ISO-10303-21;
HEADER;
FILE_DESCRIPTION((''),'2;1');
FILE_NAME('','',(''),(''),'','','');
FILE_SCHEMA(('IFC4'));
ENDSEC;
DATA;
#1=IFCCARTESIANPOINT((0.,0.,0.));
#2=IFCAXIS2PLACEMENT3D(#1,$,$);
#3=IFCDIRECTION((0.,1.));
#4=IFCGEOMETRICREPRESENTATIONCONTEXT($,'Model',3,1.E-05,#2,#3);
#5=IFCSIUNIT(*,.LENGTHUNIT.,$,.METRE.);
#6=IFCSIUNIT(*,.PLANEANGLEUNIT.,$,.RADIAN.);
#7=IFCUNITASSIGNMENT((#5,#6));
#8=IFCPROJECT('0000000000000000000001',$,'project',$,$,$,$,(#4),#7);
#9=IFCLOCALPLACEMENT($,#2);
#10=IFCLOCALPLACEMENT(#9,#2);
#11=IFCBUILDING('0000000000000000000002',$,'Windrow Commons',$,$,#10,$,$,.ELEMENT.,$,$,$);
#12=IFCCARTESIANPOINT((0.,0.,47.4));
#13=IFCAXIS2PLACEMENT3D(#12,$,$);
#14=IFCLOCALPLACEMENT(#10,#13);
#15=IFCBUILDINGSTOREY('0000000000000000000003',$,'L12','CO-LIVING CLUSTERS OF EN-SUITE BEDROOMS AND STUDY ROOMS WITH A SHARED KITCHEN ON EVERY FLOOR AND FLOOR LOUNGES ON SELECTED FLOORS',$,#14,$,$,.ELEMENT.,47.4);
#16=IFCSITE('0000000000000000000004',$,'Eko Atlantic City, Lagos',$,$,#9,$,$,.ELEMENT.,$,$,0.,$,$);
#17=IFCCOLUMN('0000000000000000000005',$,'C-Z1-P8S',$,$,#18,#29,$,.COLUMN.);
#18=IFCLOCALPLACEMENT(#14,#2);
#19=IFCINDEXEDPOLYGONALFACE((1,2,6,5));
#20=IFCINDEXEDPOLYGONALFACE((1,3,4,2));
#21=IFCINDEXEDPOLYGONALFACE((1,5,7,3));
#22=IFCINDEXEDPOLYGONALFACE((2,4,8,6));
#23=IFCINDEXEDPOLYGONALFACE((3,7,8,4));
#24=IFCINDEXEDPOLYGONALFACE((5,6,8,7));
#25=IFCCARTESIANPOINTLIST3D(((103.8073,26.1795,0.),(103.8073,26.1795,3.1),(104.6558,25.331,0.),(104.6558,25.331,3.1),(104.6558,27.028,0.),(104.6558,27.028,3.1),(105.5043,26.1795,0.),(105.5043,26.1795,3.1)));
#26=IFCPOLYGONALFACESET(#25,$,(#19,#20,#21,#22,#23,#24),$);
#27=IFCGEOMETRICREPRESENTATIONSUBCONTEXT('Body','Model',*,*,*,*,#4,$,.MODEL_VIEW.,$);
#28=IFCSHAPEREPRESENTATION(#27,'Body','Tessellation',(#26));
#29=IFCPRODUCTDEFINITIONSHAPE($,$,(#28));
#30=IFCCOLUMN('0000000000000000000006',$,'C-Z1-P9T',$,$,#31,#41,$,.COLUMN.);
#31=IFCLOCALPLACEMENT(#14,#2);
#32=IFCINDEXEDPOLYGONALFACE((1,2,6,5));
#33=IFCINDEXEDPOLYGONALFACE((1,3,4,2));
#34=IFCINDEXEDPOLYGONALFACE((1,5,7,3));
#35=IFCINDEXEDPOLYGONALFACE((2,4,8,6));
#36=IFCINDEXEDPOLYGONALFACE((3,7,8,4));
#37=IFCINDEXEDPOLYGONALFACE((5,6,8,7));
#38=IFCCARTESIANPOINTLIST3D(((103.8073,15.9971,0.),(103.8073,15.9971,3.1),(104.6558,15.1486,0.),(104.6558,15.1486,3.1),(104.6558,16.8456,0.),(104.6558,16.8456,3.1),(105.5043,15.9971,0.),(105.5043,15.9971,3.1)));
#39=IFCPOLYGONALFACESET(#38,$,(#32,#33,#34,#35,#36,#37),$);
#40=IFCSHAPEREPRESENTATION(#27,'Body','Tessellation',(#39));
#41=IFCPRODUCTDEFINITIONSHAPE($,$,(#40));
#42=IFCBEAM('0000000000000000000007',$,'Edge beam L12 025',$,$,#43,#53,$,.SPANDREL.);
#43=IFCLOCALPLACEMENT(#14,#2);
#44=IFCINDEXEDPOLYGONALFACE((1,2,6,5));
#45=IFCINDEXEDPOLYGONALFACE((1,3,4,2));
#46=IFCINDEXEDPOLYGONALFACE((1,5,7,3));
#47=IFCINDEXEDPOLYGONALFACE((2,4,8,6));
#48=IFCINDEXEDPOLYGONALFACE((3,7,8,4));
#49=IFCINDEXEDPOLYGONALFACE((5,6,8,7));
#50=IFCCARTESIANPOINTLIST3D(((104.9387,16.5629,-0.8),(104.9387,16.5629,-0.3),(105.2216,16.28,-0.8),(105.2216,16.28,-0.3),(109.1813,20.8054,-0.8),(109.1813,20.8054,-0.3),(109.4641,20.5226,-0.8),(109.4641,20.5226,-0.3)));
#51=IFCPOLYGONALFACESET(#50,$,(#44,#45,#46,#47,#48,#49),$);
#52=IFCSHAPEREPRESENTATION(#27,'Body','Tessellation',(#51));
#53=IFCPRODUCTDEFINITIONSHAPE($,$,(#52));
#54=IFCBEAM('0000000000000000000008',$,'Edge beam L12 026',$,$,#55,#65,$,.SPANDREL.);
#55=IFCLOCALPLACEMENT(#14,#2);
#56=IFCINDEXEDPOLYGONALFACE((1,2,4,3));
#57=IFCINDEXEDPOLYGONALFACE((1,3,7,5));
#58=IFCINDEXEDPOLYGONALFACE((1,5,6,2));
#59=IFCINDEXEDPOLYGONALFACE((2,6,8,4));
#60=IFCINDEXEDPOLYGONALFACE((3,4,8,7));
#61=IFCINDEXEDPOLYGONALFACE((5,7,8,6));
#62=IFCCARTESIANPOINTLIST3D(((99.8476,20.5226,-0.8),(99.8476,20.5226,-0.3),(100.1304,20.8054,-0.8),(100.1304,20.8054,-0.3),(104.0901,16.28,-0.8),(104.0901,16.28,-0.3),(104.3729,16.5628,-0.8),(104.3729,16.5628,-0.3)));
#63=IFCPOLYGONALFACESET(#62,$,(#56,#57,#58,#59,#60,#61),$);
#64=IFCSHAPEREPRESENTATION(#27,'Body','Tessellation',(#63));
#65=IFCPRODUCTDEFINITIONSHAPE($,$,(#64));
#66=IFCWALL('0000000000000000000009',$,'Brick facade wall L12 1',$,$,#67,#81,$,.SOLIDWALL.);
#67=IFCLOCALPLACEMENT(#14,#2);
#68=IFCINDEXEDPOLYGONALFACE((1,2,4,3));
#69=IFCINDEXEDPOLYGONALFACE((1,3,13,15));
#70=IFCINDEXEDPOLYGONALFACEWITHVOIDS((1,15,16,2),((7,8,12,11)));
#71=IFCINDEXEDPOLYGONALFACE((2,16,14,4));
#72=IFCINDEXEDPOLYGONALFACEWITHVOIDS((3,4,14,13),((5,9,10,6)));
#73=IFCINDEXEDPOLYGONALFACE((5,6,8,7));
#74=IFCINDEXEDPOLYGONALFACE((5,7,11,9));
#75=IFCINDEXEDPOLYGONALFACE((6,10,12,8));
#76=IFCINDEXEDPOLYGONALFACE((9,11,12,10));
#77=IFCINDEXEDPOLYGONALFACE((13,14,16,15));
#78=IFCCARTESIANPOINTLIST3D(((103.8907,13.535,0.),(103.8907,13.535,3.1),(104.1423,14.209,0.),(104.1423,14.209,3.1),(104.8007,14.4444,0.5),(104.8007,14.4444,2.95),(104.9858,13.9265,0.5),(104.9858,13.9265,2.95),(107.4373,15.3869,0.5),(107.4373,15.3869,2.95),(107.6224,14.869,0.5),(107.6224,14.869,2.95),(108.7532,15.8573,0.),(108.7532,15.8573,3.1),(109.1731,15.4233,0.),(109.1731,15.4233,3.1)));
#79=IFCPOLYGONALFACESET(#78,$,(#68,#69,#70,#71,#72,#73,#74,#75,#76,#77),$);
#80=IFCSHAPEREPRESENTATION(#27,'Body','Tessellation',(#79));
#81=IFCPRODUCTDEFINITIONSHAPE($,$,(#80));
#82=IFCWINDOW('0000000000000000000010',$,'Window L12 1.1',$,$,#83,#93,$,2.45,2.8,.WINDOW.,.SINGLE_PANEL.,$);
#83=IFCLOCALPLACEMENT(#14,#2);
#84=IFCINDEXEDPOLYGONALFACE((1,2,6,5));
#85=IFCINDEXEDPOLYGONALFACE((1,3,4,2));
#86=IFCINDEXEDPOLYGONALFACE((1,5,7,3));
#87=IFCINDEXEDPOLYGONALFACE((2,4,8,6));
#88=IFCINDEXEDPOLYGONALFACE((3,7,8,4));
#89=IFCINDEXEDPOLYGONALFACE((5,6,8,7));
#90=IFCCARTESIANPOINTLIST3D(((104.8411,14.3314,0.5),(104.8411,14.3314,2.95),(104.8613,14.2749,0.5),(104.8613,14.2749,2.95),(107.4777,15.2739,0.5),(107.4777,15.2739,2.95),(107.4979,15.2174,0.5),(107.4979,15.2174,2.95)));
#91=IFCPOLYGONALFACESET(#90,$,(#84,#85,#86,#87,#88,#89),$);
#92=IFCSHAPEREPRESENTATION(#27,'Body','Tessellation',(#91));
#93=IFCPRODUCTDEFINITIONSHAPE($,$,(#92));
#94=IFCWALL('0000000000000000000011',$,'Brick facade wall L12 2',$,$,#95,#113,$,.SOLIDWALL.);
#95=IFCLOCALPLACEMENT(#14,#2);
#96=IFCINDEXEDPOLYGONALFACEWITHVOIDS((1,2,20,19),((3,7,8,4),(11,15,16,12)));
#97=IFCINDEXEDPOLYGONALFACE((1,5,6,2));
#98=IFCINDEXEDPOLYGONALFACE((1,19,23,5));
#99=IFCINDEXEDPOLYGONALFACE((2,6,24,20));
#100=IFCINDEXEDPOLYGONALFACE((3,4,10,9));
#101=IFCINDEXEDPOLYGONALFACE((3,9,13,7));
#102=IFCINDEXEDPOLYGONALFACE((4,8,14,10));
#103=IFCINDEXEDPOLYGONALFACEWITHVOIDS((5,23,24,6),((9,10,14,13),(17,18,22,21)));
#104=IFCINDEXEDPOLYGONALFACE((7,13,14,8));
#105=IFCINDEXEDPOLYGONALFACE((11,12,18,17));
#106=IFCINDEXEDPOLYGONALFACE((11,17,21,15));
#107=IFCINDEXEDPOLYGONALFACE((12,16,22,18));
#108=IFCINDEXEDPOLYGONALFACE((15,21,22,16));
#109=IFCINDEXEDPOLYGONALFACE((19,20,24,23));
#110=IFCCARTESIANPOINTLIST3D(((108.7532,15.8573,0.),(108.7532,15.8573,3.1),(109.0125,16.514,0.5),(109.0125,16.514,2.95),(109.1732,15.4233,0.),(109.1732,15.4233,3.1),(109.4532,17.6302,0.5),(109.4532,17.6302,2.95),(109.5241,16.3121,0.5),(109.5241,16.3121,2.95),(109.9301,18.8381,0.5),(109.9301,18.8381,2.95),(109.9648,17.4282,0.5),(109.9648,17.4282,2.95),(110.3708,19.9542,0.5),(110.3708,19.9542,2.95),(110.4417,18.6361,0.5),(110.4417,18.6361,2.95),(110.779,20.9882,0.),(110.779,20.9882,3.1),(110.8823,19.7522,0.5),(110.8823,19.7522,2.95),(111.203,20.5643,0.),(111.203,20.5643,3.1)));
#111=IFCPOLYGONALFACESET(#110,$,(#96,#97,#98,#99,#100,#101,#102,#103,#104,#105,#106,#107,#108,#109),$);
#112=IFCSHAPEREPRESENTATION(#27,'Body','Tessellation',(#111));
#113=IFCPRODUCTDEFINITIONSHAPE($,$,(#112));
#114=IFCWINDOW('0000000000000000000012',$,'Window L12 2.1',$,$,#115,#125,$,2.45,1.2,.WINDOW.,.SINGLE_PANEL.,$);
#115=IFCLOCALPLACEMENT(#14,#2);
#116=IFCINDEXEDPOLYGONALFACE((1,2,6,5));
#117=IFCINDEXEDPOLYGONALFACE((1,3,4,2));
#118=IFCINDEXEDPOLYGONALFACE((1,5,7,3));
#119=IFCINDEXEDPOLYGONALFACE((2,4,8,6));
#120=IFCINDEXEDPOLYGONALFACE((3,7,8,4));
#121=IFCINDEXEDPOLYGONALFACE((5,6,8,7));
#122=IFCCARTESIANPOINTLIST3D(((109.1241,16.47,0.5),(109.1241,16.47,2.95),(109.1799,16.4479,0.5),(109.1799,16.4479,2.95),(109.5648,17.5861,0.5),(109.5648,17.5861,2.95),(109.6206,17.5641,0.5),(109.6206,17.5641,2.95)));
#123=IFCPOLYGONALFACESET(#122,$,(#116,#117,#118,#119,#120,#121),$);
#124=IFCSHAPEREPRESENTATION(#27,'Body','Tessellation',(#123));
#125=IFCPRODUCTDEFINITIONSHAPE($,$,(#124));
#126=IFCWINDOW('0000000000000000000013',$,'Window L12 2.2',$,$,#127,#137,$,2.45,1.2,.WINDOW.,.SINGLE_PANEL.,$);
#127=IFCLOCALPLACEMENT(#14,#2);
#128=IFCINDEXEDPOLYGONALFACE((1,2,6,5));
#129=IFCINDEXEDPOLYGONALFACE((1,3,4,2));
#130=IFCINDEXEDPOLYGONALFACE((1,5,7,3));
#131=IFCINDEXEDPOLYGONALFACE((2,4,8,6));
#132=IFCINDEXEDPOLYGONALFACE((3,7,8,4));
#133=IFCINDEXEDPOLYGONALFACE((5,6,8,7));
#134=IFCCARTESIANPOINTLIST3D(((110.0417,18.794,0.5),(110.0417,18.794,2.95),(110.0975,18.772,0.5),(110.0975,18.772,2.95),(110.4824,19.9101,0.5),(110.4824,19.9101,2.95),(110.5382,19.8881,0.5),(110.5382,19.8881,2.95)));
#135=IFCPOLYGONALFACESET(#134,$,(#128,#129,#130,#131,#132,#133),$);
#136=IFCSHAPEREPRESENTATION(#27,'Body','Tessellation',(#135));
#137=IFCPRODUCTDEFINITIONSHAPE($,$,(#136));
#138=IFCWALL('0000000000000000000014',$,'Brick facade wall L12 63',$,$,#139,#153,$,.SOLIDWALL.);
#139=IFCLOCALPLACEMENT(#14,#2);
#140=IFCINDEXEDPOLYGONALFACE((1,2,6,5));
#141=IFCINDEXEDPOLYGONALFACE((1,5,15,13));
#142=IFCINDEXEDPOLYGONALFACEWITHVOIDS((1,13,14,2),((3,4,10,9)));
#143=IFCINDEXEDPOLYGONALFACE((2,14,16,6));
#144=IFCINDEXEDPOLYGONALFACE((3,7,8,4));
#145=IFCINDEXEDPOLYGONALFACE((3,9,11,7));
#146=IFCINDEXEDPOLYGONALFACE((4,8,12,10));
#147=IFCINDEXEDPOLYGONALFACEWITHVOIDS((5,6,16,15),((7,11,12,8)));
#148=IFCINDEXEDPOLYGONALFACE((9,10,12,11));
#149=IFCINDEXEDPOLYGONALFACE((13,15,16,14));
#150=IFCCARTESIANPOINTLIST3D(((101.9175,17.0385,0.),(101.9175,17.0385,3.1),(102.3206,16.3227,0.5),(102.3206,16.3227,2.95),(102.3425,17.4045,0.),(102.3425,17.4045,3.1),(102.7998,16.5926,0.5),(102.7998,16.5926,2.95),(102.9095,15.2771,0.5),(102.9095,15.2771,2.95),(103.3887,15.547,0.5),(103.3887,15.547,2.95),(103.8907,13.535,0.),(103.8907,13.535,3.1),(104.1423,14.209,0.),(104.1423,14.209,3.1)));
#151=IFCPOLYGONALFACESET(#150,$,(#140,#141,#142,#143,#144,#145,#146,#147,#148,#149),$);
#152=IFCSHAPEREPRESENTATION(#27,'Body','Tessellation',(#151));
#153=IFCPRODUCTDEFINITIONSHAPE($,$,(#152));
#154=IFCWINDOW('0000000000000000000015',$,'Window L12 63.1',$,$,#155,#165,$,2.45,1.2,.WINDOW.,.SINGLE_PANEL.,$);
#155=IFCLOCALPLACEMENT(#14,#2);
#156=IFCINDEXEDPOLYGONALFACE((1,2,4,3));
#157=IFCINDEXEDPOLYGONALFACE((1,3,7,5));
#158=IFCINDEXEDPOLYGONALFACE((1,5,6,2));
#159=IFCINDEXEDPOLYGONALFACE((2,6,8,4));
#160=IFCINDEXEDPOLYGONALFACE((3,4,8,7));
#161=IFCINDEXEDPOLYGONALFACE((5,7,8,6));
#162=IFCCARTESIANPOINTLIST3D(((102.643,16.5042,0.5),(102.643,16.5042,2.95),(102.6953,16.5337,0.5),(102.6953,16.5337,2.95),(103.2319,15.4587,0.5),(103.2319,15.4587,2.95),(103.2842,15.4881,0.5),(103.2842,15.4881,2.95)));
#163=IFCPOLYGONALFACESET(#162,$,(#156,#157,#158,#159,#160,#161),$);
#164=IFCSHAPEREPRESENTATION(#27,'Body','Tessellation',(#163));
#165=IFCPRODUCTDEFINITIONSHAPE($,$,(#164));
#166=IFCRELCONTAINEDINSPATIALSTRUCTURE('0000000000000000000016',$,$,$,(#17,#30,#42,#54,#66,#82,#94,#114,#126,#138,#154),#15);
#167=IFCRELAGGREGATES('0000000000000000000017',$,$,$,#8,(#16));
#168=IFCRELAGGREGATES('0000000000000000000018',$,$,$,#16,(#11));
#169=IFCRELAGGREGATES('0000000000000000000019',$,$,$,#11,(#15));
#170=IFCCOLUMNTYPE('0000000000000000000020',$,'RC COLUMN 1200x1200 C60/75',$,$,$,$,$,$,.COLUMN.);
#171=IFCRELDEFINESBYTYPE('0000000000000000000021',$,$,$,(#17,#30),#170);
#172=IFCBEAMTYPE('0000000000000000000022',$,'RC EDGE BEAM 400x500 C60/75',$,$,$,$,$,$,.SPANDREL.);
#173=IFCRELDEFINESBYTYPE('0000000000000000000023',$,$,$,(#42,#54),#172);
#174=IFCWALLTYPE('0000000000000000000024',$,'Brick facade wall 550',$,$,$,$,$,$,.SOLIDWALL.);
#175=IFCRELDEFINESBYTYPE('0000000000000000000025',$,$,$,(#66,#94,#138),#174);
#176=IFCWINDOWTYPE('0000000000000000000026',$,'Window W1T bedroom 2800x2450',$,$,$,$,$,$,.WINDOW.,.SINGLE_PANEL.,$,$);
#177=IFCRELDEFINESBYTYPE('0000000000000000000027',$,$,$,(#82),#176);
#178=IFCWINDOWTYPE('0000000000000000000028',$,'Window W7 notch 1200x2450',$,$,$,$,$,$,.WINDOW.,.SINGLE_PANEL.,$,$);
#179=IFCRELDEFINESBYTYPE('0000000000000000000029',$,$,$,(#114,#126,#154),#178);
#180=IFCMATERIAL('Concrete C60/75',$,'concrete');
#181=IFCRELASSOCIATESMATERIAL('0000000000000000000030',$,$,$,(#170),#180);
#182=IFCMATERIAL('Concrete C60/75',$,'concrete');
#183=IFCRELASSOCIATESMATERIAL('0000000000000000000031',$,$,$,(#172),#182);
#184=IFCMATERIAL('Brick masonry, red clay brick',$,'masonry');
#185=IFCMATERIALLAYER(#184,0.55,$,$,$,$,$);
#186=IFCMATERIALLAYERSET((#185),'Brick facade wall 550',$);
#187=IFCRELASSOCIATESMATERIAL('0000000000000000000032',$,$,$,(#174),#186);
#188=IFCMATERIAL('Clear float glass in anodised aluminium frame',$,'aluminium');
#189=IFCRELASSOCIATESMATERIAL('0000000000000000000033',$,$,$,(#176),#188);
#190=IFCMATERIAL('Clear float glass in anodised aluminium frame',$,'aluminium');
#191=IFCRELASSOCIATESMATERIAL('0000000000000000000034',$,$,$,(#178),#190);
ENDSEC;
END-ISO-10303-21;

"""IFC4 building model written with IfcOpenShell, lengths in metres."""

from ifc_helpers import new_model, si_unit, direction, frame, frame_2d, origin, origin_2d, place, context, subcontext, project, spatial, polyline, rectangle, outline, extrude, material, layer, layer_set, material_profile, profile_set, type_object, element, fill, save


model = new_model("IFC4")

# Units and contexts
model_context = context("Model", 3, precision=1e-05, world=origin(), true_north=direction((0.0, 1.0)))
body_context = subcontext(model_context, "Body", "Model", "MODEL_VIEW")
ifc_project = project(units=[si_unit("LENGTHUNIT", "METRE"), si_unit("PLANEANGLEUNIT", "RADIAN")], contexts=[model_context])

# Site, building, storey
site_placement = place(None, origin())
site = spatial("IfcSite", under=ifc_project, at=site_placement, Name="Eko Atlantic City, Lagos", CompositionType="ELEMENT", RefElevation=0.0)
building_placement = place(site_placement, origin())
building = spatial("IfcBuilding", under=site, at=building_placement, Name="Windrow Commons", CompositionType="ELEMENT")
storey_placement = place(building_placement, frame((0.0, 0.0, 47.4)))
storey = spatial("IfcBuildingStorey", under=building, at=storey_placement, Name="L12", Description="CO-LIVING CLUSTERS OF EN-SUITE BEDROOMS AND STUDY ROOMS WITH A SHARED KITCHEN ON EVERY FLOOR AND FLOOR LOUNGES ON SELECTED FLOORS", CompositionType="ELEMENT", Elevation=47.4)

# Columns
ifc_material_1 = material(Name="Concrete C60/75", Category="concrete")
ifc_material_profile_1 = material_profile(ifc_material_1, rectangle(XDim=1.2, YDim=1.2, at=origin_2d()))
ifc_profile_set_1 = profile_set([ifc_material_profile_1], Name="Concrete C60/75")
column_type = type_object("IfcColumnType", Name="RC COLUMN 1200x1200 C60/75", PredefinedType="COLUMN", material=ifc_profile_set_1)
for number, where, z_axis, x_axis, name in (
    (1, (104.6558, 26.1795, 0.0), (0.0, 0.0, 1.0), (0.707107, -0.707107, 0.0), "C-Z1-P8S"),
    (2, (104.6558, 15.9971, 0.0), (0.0, 0.0, 1.0), (0.707107, -0.707107, 0.0), "C-Z1-P9T"),
):
    element("IfcColumn", number, at=place(storey_placement, frame(where, z_axis=z_axis, x_axis=x_axis)), inside=storey, type_object=column_type, Name=name, PredefinedType="COLUMN", context=body_context, shape_type="SweptSolid", body=[
        extrude(rectangle(XDim=1.2, YDim=1.2, at=origin_2d()), origin(), (0.0, 0.0, 1.0), 3.1),
    ])

# Beams
ifc_material_2 = material(Name="Concrete C60/75", Category="concrete")
ifc_material_profile_2 = material_profile(ifc_material_2, rectangle(XDim=0.4, YDim=0.5, at=origin_2d()))
ifc_profile_set_2 = profile_set([ifc_material_profile_2], Name="Concrete C60/75")
beam_type = type_object("IfcBeamType", Name="RC EDGE BEAM 400x500 C60/75", PredefinedType="SPANDREL", material=ifc_profile_set_2)
for number, where, z_axis, x_axis, name in (
    (3, (109.3227, 20.664, -0.55), (-0.707107, -0.707107, 0.0), (0.707107, -0.707107, 0.0), "Edge beam L12 025"),
    (4, (104.2315, 16.4214, -0.55), (-0.707098, 0.707115, 0.0), (-0.707115, -0.707098, 0.0), "Edge beam L12 026"),
):
    element("IfcBeam", number, at=place(storey_placement, frame(where, z_axis=z_axis, x_axis=x_axis)), inside=storey, type_object=beam_type, Name=name, PredefinedType="SPANDREL", context=body_context, shape_type="SweptSolid", body=[
        extrude(rectangle(XDim=0.4, YDim=0.5, at=origin_2d()), origin(), (0.0, 0.0, 1.0), 5.9999),
    ])

# Wall, opening, window
ifc_material_3 = material(Name="Brick masonry, red clay brick", Category="masonry")
ifc_layer_1 = layer(ifc_material_3, 0.55)
ifc_layer_set_1 = layer_set([ifc_layer_1], Name="Brick facade wall 550")
wall_type_1 = type_object("IfcWallType", Name="Brick facade wall 550", PredefinedType="SOLIDWALL", material=ifc_layer_set_1)
wall_1_placement = place(storey_placement, frame((104.0165, 13.872, 0.0), z_axis=(0.0, 0.0, 1.0), x_axis=(0.941644, 0.33661, 0.0)))
wall_1 = element("IfcWall", 5, at=wall_1_placement, inside=storey, type_object=wall_type_1, Name="Brick facade wall L12 1", PredefinedType="SOLIDWALL", context=body_context, shape_type="SweptSolid", body=[
    extrude(outline(polyline([(-0.2319, -0.275), (5.3779, -0.275), (5.1285, 0.275), (0.2319, 0.275), (-0.2319, -0.275)])), origin(), (0.0, 0.0, 1.0), 3.1),
])
opening_1_placement = place(wall_1_placement, frame((0.9311, 0.0, 0.5)))
opening_1 = element("IfcOpeningElement", 6, at=opening_1_placement, cuts=wall_1, PredefinedType="OPENING", context=body_context, shape_type="SweptSolid", body=[
    extrude(rectangle(XDim=2.8, YDim=2.45, at=frame_2d((1.4, 1.225))), frame((0.0, 0.285, 0.0), z_axis=(0.0, -1.0, 0.0), x_axis=(1.0, 0.0, 0.0)), (0.0, 0.0, 1.0), 0.57),
])
ifc_material_4 = material(Name="Clear float glass in anodised aluminium frame", Category="aluminium")
window_type_1 = type_object("IfcWindowType", Name="Window W1T bedroom 2800x2450", PartitioningType="SINGLE_PANEL", PredefinedType="WINDOW", material=ifc_material_4)
window_1_placement = place(opening_1_placement, origin())
window_1 = element("IfcWindow", 7, at=window_1_placement, inside=storey, type_object=window_type_1, Name="Window L12 1.1", OverallHeight=2.45, OverallWidth=2.8, PartitioningType="SINGLE_PANEL", PredefinedType="WINDOW", context=body_context, shape_type="SweptSolid", body=[
    extrude(rectangle(XDim=2.8, YDim=2.45, at=frame_2d((1.4, 1.225))), frame((0.0, 0.155, 0.0), z_axis=(0.0, -1.0, 0.0), x_axis=(1.0, 0.0, 0.0)), (0.0, 0.0, 1.0), 0.06),
])
fill(opening_1, window_1)

# Wall, openings, windows
wall_2_placement = place(storey_placement, frame((108.9632, 15.6403, 0.0), z_axis=(0.0, 0.0, 1.0), x_axis=(0.367234, 0.930129, 0.0)))
wall_2 = element("IfcWall", 8, at=wall_2_placement, inside=storey, type_object=wall_type_1, Name="Brick facade wall L12 2", PredefinedType="SOLIDWALL", context=body_context, shape_type="SweptSolid", body=[
    extrude(outline(polyline([(-0.1247, -0.275), (5.4025, -0.275), (5.6411, 0.275), (0.1247, 0.275), (-0.1247, -0.275)])), origin(), (0.0, 0.0, 1.0), 3.1),
])
opening_2_placement = place(wall_2_placement, frame((0.8308, 0.0, 0.5)))
opening_2 = element("IfcOpeningElement", 9, at=opening_2_placement, cuts=wall_2, PredefinedType="OPENING", context=body_context, shape_type="SweptSolid", body=[
    extrude(rectangle(XDim=1.2, YDim=2.45, at=frame_2d((0.6, 1.225))), frame((0.0, 0.285, 0.0), z_axis=(0.0, -1.0, 0.0), x_axis=(1.0, 0.0, 0.0)), (0.0, 0.0, 1.0), 0.57),
])
opening_3_placement = place(wall_2_placement, frame((3.3294, 0.0, 0.5)))
opening_3 = element("IfcOpeningElement", 10, at=opening_3_placement, cuts=wall_2, PredefinedType="OPENING", context=body_context, shape_type="SweptSolid", body=[
    extrude(rectangle(XDim=1.2, YDim=2.45, at=frame_2d((0.6, 1.225))), frame((0.0, 0.285, 0.0), z_axis=(0.0, -1.0, 0.0), x_axis=(1.0, 0.0, 0.0)), (0.0, 0.0, 1.0), 0.57),
])
ifc_material_5 = material(Name="Clear float glass in anodised aluminium frame", Category="aluminium")
window_type_2 = type_object("IfcWindowType", Name="Window W7 notch 1200x2450", PartitioningType="SINGLE_PANEL", PredefinedType="WINDOW", material=ifc_material_5)
window_2_placement = place(opening_2_placement, origin())
window_2 = element("IfcWindow", 11, at=window_2_placement, inside=storey, type_object=window_type_2, Name="Window L12 2.1", OverallHeight=2.45, OverallWidth=1.2, PartitioningType="SINGLE_PANEL", PredefinedType="WINDOW", context=body_context, shape_type="SweptSolid", body=[
    extrude(rectangle(XDim=1.2, YDim=2.45, at=frame_2d((0.6, 1.225))), frame((0.0, 0.155, 0.0), z_axis=(0.0, -1.0, 0.0), x_axis=(1.0, 0.0, 0.0)), (0.0, 0.0, 1.0), 0.06),
])
fill(opening_2, window_2)
window_3_placement = place(opening_3_placement, origin())
window_3 = element("IfcWindow", 12, at=window_3_placement, inside=storey, type_object=window_type_2, Name="Window L12 2.2", OverallHeight=2.45, OverallWidth=1.2, PartitioningType="SINGLE_PANEL", PredefinedType="WINDOW", context=body_context, shape_type="SweptSolid", body=[
    extrude(rectangle(XDim=1.2, YDim=2.45, at=frame_2d((0.6, 1.225))), frame((0.0, 0.155, 0.0), z_axis=(0.0, -1.0, 0.0), x_axis=(1.0, 0.0, 0.0)), (0.0, 0.0, 1.0), 0.06),
])
fill(opening_3, window_3)

# Wall, opening, window
wall_3_placement = place(storey_placement, frame((102.13, 17.2215, 0.0), z_axis=(0.0, 0.0, 1.0), x_axis=(0.490737, -0.871308, 0.0)))
wall_3 = element("IfcWall", 13, at=wall_3_placement, inside=storey, type_object=wall_type_1, Name="Brick facade wall L12 63", PredefinedType="SOLIDWALL", context=body_context, shape_type="SweptSolid", body=[
    extrude(outline(polyline([(0.0552, -0.275), (4.0761, -0.275), (3.6123, 0.275), (-0.0552, 0.275), (0.0552, -0.275)])), origin(), (0.0, 0.0, 1.0), 3.1),
])
opening_4_placement = place(wall_3_placement, frame((0.8767, 0.0, 0.5)))
opening_4 = element("IfcOpeningElement", 14, at=opening_4_placement, cuts=wall_3, PredefinedType="OPENING", context=body_context, shape_type="SweptSolid", body=[
    extrude(rectangle(XDim=1.2, YDim=2.45, at=frame_2d((0.6, 1.225))), frame((0.0, 0.285, 0.0), z_axis=(0.0, -1.0, 0.0), x_axis=(1.0, 0.0, 0.0)), (0.0, 0.0, 1.0), 0.57),
])
window_4_placement = place(opening_4_placement, origin())
window_4 = element("IfcWindow", 15, at=window_4_placement, inside=storey, type_object=window_type_2, Name="Window L12 63.1", OverallHeight=2.45, OverallWidth=1.2, PartitioningType="SINGLE_PANEL", PredefinedType="WINDOW", context=body_context, shape_type="SweptSolid", body=[
    extrude(rectangle(XDim=1.2, YDim=2.45, at=frame_2d((0.6, 1.225))), frame((0.0, 0.155, 0.0), z_axis=(0.0, -1.0, 0.0), x_axis=(1.0, 0.0, 0.0)), (0.0, 0.0, 1.0), 0.06),
])
fill(opening_4, window_4)

save(model, "model.ifc")
